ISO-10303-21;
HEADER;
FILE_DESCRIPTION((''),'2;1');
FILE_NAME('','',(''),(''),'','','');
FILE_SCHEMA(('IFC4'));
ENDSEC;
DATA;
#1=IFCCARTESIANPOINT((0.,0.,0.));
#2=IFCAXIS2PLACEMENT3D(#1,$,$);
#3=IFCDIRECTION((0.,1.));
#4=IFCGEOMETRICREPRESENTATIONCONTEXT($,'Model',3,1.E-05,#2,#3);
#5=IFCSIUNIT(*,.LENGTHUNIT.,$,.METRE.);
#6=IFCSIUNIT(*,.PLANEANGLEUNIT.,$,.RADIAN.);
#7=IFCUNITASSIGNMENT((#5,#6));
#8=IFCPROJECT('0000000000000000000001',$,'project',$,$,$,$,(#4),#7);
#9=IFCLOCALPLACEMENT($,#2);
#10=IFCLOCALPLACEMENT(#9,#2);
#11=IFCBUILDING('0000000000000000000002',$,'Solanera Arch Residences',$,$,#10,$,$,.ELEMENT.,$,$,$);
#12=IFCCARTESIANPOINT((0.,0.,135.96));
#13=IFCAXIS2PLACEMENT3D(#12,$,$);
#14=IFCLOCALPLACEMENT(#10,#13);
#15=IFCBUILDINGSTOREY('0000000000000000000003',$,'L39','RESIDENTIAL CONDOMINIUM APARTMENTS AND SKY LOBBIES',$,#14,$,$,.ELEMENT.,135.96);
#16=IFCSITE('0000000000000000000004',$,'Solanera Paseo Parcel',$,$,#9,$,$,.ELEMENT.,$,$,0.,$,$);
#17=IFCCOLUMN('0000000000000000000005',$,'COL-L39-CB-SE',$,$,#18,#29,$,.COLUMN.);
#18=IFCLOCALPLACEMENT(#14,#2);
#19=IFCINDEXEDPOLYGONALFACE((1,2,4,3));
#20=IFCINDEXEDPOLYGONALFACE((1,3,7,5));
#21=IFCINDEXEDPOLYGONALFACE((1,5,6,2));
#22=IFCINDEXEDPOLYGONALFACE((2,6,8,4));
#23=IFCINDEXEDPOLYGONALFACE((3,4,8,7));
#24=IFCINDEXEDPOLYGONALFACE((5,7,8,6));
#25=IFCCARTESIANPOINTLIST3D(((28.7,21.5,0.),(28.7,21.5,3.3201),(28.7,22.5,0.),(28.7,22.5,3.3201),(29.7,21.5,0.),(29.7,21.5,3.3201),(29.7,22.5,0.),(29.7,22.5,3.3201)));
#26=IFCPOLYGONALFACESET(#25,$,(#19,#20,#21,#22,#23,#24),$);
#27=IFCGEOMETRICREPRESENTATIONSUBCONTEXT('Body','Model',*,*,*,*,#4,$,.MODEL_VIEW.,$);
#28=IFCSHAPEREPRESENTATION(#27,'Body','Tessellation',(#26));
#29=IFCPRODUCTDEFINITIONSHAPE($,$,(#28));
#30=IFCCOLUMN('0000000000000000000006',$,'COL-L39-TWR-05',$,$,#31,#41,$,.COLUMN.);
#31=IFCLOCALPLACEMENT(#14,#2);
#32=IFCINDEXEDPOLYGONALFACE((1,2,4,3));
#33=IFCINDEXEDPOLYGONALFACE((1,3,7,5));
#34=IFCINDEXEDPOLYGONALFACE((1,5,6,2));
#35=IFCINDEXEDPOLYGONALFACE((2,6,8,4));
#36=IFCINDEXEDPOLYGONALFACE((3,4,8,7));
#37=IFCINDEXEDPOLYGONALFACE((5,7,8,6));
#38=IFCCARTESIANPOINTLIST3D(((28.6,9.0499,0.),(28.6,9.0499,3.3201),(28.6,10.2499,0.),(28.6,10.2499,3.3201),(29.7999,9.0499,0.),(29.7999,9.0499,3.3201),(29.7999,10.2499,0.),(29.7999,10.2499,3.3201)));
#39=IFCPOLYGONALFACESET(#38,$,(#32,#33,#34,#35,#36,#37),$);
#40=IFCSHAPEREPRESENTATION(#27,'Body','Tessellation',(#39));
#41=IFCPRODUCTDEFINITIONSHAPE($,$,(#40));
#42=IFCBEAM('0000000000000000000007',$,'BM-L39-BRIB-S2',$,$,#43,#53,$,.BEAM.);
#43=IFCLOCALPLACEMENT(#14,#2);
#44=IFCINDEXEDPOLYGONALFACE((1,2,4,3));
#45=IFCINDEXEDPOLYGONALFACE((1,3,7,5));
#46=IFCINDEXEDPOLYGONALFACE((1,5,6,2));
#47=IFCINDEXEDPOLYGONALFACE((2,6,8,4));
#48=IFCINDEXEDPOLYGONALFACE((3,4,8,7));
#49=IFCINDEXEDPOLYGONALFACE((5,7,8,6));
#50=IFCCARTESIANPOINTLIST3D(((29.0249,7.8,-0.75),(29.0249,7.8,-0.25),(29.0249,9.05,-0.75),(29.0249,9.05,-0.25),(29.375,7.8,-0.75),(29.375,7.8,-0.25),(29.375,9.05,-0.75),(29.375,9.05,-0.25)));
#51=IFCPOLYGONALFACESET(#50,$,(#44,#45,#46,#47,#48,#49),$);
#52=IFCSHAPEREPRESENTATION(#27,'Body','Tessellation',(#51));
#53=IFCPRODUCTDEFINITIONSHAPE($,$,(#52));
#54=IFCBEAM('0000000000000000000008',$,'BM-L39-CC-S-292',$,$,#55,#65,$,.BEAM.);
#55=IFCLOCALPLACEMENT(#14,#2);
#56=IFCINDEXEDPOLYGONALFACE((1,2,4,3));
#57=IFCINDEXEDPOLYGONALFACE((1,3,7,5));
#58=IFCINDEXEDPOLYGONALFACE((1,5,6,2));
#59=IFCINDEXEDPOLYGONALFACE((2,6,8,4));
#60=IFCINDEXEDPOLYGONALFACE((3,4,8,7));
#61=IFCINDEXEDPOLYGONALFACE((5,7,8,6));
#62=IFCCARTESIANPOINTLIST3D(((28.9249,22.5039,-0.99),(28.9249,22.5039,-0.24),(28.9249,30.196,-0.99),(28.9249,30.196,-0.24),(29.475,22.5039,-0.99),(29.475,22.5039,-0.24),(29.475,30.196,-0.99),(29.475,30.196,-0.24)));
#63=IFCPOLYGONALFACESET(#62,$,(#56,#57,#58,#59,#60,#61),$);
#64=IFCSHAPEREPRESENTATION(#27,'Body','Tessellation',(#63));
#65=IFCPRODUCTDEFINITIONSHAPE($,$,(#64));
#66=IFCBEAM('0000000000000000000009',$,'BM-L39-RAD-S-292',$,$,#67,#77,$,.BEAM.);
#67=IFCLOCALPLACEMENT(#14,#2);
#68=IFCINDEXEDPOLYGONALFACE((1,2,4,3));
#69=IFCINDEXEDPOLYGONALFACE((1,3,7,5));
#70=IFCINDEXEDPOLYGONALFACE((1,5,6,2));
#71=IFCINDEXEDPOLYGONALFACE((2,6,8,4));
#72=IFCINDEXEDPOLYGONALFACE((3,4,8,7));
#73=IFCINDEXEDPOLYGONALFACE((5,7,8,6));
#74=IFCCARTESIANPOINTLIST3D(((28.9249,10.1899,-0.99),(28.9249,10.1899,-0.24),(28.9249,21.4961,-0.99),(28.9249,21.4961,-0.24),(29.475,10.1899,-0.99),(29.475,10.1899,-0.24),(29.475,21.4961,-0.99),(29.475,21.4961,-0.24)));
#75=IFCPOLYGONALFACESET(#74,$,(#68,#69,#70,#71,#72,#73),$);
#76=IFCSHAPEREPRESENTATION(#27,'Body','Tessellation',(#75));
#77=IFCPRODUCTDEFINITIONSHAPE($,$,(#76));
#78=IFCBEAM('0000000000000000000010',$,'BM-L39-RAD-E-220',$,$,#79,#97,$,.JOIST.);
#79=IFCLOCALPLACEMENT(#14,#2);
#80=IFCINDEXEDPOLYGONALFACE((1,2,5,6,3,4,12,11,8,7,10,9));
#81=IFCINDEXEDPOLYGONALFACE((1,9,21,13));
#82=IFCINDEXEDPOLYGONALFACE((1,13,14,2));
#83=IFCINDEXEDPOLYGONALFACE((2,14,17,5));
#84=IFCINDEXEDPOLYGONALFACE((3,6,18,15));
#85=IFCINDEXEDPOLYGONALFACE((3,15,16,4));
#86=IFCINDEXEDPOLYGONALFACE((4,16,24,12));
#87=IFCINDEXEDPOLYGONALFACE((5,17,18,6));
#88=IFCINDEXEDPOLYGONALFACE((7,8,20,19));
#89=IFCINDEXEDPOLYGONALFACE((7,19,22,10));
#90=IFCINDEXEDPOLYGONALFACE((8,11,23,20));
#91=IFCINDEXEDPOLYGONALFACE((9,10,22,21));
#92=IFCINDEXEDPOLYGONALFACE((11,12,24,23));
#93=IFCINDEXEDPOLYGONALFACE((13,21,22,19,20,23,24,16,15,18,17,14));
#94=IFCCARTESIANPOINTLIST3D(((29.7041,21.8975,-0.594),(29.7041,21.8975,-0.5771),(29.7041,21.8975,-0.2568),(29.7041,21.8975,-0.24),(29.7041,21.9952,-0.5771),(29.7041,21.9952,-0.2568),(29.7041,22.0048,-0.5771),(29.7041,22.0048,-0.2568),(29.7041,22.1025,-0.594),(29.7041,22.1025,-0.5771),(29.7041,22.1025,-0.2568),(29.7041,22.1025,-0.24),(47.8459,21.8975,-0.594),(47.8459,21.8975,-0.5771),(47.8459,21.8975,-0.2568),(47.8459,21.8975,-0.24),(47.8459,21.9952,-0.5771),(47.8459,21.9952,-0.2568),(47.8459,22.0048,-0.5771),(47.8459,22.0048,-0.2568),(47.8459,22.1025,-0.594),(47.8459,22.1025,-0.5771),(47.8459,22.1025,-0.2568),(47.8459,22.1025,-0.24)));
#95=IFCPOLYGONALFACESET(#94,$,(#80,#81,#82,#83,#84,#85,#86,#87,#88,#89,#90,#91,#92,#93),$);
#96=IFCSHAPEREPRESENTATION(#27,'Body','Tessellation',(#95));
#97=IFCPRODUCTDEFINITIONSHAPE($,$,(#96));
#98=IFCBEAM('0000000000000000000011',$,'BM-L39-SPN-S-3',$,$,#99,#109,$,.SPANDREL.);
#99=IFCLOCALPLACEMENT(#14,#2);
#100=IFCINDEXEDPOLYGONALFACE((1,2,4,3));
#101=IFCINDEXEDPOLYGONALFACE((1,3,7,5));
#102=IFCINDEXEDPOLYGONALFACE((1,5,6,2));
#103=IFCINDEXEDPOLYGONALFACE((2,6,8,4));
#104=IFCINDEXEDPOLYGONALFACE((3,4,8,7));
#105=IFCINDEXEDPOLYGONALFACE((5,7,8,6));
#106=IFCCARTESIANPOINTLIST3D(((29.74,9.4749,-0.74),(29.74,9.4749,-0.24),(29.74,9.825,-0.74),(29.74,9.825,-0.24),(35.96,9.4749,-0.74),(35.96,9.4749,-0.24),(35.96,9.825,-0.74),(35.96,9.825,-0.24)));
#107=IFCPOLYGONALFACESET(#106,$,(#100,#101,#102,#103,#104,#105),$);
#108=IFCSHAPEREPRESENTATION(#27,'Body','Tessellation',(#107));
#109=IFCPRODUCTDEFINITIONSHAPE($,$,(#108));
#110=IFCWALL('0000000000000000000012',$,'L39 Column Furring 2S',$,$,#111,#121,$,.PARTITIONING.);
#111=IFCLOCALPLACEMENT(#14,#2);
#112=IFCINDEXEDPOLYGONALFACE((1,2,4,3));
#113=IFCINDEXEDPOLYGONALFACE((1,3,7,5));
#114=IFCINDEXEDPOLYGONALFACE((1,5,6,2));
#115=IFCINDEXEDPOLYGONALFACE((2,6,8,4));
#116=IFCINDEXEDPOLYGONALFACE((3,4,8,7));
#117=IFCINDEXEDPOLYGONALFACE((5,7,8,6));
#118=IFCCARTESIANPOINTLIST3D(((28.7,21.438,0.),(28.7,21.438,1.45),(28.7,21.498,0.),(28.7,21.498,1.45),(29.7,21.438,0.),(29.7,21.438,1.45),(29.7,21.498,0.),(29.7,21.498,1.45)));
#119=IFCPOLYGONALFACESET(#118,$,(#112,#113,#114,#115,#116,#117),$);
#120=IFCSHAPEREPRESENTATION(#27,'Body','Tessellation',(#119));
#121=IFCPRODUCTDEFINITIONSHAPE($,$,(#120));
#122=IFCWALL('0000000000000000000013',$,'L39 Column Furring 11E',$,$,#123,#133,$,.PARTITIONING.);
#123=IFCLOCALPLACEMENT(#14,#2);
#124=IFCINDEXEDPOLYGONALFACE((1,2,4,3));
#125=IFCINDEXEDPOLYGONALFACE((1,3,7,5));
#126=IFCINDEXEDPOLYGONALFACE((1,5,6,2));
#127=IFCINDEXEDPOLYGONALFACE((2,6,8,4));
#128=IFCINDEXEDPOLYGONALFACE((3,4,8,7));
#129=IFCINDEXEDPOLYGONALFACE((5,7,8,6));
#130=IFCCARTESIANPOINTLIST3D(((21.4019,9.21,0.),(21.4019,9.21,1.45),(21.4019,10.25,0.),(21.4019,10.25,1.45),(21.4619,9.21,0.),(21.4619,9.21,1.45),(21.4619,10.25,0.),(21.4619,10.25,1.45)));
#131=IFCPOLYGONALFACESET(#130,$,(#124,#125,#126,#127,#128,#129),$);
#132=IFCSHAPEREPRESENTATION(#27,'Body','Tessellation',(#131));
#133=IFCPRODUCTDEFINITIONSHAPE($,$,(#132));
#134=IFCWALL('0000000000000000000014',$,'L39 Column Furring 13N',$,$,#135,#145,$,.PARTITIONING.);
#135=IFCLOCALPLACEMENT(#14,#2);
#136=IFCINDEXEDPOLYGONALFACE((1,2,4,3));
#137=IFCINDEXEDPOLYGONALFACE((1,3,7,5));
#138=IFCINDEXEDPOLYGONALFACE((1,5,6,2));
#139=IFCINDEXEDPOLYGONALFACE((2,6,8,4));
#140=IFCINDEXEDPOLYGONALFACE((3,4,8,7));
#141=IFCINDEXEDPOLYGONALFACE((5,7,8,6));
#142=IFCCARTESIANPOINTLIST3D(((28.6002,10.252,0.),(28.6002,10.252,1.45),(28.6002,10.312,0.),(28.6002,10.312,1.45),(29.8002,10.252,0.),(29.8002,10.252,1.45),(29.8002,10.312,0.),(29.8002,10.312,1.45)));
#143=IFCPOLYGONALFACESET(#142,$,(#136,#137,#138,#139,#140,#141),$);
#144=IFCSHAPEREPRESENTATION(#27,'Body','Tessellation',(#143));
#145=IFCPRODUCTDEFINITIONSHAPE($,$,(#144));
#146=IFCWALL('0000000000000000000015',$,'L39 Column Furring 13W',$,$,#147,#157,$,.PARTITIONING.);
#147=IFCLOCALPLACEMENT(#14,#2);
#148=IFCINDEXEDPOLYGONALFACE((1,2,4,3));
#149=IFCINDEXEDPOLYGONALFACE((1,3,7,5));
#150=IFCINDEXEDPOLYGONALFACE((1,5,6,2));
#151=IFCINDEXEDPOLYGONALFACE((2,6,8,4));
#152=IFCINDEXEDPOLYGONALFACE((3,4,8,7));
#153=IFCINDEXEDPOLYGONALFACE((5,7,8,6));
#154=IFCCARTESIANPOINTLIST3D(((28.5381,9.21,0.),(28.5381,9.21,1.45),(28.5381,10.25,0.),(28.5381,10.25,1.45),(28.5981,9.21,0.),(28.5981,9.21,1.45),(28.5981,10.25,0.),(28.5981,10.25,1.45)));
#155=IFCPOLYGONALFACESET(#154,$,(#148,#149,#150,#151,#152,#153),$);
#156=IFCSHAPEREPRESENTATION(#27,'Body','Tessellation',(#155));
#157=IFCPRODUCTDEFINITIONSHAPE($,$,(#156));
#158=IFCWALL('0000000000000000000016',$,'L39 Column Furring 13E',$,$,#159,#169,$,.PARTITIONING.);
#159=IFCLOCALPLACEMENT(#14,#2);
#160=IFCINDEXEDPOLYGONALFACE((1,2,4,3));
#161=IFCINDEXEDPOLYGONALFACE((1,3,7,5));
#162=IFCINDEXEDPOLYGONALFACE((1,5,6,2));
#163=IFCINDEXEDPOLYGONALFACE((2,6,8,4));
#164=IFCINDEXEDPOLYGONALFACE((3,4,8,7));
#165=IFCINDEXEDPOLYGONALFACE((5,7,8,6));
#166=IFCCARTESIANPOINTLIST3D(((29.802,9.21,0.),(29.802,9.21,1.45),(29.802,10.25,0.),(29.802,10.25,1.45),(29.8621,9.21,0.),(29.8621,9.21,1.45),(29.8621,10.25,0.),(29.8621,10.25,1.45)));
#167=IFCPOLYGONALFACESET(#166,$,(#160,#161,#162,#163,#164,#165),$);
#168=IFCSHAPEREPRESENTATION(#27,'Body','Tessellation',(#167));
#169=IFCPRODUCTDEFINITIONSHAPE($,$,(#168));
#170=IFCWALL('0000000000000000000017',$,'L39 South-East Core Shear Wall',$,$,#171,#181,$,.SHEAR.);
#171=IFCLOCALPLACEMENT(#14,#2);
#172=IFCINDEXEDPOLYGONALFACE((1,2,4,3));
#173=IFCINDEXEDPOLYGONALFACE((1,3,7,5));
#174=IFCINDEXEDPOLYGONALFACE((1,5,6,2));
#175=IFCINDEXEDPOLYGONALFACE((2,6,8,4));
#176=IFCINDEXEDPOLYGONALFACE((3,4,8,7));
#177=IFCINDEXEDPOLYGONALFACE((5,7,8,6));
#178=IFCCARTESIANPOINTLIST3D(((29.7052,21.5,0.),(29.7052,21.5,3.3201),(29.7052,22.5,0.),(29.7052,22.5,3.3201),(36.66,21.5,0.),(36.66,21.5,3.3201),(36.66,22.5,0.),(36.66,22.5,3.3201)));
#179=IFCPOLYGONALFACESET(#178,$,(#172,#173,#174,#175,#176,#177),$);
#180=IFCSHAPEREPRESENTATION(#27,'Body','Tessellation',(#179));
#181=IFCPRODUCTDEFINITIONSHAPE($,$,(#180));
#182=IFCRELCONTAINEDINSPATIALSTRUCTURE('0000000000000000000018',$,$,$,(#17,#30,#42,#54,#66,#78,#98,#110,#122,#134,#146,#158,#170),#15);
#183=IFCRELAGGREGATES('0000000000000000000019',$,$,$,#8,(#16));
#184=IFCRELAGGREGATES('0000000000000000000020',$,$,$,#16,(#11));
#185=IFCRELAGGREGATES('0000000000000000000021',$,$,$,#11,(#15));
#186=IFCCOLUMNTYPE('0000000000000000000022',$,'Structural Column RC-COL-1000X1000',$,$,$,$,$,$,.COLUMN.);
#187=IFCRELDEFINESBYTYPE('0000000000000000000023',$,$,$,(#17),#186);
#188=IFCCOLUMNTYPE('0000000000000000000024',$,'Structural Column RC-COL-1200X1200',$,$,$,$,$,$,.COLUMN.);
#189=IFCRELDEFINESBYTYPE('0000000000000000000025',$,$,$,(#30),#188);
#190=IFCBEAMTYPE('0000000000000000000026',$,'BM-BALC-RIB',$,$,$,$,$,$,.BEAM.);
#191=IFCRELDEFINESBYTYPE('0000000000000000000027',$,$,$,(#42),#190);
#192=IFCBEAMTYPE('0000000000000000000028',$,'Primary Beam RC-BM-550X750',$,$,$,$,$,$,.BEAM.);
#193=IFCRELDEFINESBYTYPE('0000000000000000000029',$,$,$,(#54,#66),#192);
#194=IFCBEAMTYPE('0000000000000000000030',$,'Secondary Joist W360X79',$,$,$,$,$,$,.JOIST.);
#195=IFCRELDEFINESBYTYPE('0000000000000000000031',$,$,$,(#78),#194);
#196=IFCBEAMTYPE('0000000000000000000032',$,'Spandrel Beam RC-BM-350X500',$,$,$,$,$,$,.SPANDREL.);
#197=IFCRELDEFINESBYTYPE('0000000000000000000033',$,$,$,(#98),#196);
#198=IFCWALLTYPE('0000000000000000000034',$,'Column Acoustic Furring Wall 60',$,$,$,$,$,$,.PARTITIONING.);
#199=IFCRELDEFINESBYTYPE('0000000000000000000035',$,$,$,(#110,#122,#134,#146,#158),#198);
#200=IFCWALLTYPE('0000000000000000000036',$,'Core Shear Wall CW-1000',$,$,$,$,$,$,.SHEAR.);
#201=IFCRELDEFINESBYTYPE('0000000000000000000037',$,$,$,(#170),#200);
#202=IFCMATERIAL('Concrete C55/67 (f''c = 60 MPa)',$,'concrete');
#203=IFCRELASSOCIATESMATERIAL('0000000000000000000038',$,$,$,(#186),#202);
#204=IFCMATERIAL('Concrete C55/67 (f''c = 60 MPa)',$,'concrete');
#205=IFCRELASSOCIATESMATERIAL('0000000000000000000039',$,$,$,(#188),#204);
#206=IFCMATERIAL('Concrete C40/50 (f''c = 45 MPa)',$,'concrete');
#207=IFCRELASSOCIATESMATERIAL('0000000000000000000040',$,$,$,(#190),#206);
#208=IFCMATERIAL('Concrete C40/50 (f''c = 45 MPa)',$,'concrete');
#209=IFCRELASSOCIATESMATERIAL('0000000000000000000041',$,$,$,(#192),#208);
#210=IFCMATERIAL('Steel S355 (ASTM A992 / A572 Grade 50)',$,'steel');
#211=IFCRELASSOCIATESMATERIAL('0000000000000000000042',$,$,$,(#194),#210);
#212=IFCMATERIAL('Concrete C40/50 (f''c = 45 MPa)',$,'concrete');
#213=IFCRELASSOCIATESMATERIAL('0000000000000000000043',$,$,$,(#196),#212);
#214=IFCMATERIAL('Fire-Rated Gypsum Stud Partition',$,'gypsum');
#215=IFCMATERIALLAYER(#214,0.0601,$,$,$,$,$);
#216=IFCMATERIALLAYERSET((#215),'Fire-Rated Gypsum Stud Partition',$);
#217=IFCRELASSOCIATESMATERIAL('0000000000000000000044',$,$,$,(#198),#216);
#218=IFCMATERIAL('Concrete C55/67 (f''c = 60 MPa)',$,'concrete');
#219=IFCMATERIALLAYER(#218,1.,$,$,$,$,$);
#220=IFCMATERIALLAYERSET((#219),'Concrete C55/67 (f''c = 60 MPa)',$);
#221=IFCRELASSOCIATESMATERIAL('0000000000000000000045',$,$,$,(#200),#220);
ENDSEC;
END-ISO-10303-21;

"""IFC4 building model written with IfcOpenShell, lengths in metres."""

from ifc_helpers import new_model, si_unit, direction, frame, frame_2d, origin, origin_2d, place, context, subcontext, project, spatial, rectangle, i_section, extrude, material, layer, layer_set, material_profile, profile_set, type_object, element, save


model = new_model("IFC4")

# Units and contexts
model_context = context("Model", 3, precision=1e-05, world=origin(), true_north=direction((0.0, 1.0)))
body_context = subcontext(model_context, "Body", "Model", "MODEL_VIEW")
ifc_project = project(units=[si_unit("LENGTHUNIT", "METRE"), si_unit("PLANEANGLEUNIT", "RADIAN")], contexts=[model_context])

# Site, building, storey
site_placement = place(None, origin())
site = spatial("IfcSite", under=ifc_project, at=site_placement, Name="Solanera Paseo Parcel", CompositionType="ELEMENT", RefElevation=0.0)
building_placement = place(site_placement, origin())
building = spatial("IfcBuilding", under=site, at=building_placement, Name="Solanera Arch Residences", CompositionType="ELEMENT")
storey_placement = place(building_placement, frame((0.0, 0.0, 135.96)))
storey = spatial("IfcBuildingStorey", under=building, at=storey_placement, Name="L39", Description="RESIDENTIAL CONDOMINIUM APARTMENTS AND SKY LOBBIES", CompositionType="ELEMENT", Elevation=135.96)

# Columns
ifc_material_1 = material(Name="Concrete C55/67 (f'c = 60 MPa)", Category="concrete")
ifc_material_profile_1 = material_profile(ifc_material_1, rectangle(XDim=1.0, YDim=1.0, at=origin_2d()))
ifc_profile_set_1 = profile_set([ifc_material_profile_1], Name="Concrete C55/67 (f'c = 60 MPa)")
column_type_1 = type_object("IfcColumnType", Name="Structural Column RC-COL-1000X1000", PredefinedType="COLUMN", material=ifc_profile_set_1)
column_1_placement = place(storey_placement, frame((29.2, 22.0, 0.0), z_axis=(0.0, 0.0, 1.0), x_axis=(1.0, 0.0, 0.0)))
element("IfcColumn", 1, at=column_1_placement, inside=storey, type_object=column_type_1, Name="COL-L39-CB-SE", PredefinedType="COLUMN", context=body_context, shape_type="SweptSolid", body=[
    extrude(rectangle(XDim=1.0, YDim=1.0, at=origin_2d()), origin(), (0.0, 0.0, 1.0), 3.3201),
])
ifc_material_2 = material(Name="Concrete C55/67 (f'c = 60 MPa)", Category="concrete")
ifc_material_profile_2 = material_profile(ifc_material_2, rectangle(XDim=1.2, YDim=1.2, at=origin_2d()))
ifc_profile_set_2 = profile_set([ifc_material_profile_2], Name="Concrete C55/67 (f'c = 60 MPa)")
column_type_2 = type_object("IfcColumnType", Name="Structural Column RC-COL-1200X1200", PredefinedType="COLUMN", material=ifc_profile_set_2)
column_2_placement = place(storey_placement, frame((29.2, 9.6499, 0.0), z_axis=(0.0, 0.0, 1.0), x_axis=(1.0, 0.0, 0.0)))
element("IfcColumn", 2, at=column_2_placement, inside=storey, type_object=column_type_2, Name="COL-L39-TWR-05", PredefinedType="COLUMN", context=body_context, shape_type="SweptSolid", body=[
    extrude(rectangle(XDim=1.2, YDim=1.2, at=origin_2d()), origin(), (0.0, 0.0, 1.0), 3.3201),
])

# Beams
ifc_material_3 = material(Name="Concrete C40/50 (f'c = 45 MPa)", Category="concrete")
ifc_material_profile_3 = material_profile(ifc_material_3, rectangle(XDim=0.3501, YDim=0.5, at=origin_2d()))
ifc_profile_set_3 = profile_set([ifc_material_profile_3], Name="Concrete C40/50 (f'c = 45 MPa)")
beam_type_1 = type_object("IfcBeamType", Name="BM-BALC-RIB", PredefinedType="BEAM", material=ifc_profile_set_3)
beam_1_placement = place(storey_placement, frame((29.2, 7.8, -0.5), z_axis=(0.0, 1.0, 0.0), x_axis=(-1.0, 0.0, 0.0)))
element("IfcBeam", 3, at=beam_1_placement, inside=storey, type_object=beam_type_1, Name="BM-L39-BRIB-S2", PredefinedType="BEAM", context=body_context, shape_type="SweptSolid", body=[
    extrude(rectangle(XDim=0.3501, YDim=0.5, at=origin_2d()), origin(), (0.0, 0.0, 1.0), 1.25),
])
ifc_material_4 = material(Name="Concrete C40/50 (f'c = 45 MPa)", Category="concrete")
ifc_material_profile_4 = material_profile(ifc_material_4, rectangle(XDim=0.55, YDim=0.75, at=origin_2d()))
ifc_profile_set_4 = profile_set([ifc_material_profile_4], Name="Concrete C40/50 (f'c = 45 MPa)")
beam_type_2 = type_object("IfcBeamType", Name="Primary Beam RC-BM-550X750", PredefinedType="BEAM", material=ifc_profile_set_4)
beam_2_placement = place(storey_placement, frame((29.2, 22.5039, -0.615), z_axis=(0.0, 1.0, 0.0), x_axis=(-1.0, 0.0, 0.0)))
element("IfcBeam", 4, at=beam_2_placement, inside=storey, type_object=beam_type_2, Name="BM-L39-CC-S-292", PredefinedType="BEAM", context=body_context, shape_type="SweptSolid", body=[
    extrude(rectangle(XDim=0.55, YDim=0.75, at=origin_2d()), origin(), (0.0, 0.0, 1.0), 7.6921),
])
beam_3_placement = place(storey_placement, frame((29.2, 10.1899, -0.615), z_axis=(0.0, 1.0, 0.0), x_axis=(-1.0, 0.0, 0.0)))
element("IfcBeam", 5, at=beam_3_placement, inside=storey, type_object=beam_type_2, Name="BM-L39-RAD-S-292", PredefinedType="BEAM", context=body_context, shape_type="SweptSolid", body=[
    extrude(rectangle(XDim=0.55, YDim=0.75, at=origin_2d()), origin(), (0.0, 0.0, 1.0), 11.3062),
])
ifc_material_5 = material(Name="Steel S355 (ASTM A992 / A572 Grade 50)", Category="steel")
ifc_material_profile_5 = material_profile(ifc_material_5, i_section(OverallWidth=0.2051, OverallDepth=0.354, WebThickness=0.0095, FlangeThickness=0.0168, at=origin_2d()))
ifc_profile_set_5 = profile_set([ifc_material_profile_5], Name="Steel S355 (ASTM A992 / A572 Grade 50)")
beam_type_3 = type_object("IfcBeamType", Name="Secondary Joist W360X79", PredefinedType="JOIST", material=ifc_profile_set_5)
beam_4_placement = place(storey_placement, frame((29.7041, 22.0, -0.417), z_axis=(1.0, 0.0, 0.0), x_axis=(0.0, 1.0, 0.0)))
element("IfcBeam", 6, at=beam_4_placement, inside=storey, type_object=beam_type_3, Name="BM-L39-RAD-E-220", PredefinedType="JOIST", context=body_context, shape_type="SweptSolid", body=[
    extrude(i_section(OverallWidth=0.2051, OverallDepth=0.354, WebThickness=0.0095, FlangeThickness=0.0168, at=origin_2d()), origin(), (0.0, 0.0, 1.0), 18.1418),
])
ifc_material_6 = material(Name="Concrete C40/50 (f'c = 45 MPa)", Category="concrete")
ifc_material_profile_6 = material_profile(ifc_material_6, rectangle(XDim=0.3501, YDim=0.5, at=origin_2d()))
ifc_profile_set_6 = profile_set([ifc_material_profile_6], Name="Concrete C40/50 (f'c = 45 MPa)")
beam_type_4 = type_object("IfcBeamType", Name="Spandrel Beam RC-BM-350X500", PredefinedType="SPANDREL", material=ifc_profile_set_6)
beam_5_placement = place(storey_placement, frame((29.74, 9.6499, -0.49), z_axis=(1.0, 0.0, 0.0), x_axis=(0.0, 1.0, 0.0)))
element("IfcBeam", 7, at=beam_5_placement, inside=storey, type_object=beam_type_4, Name="BM-L39-SPN-S-3", PredefinedType="SPANDREL", context=body_context, shape_type="SweptSolid", body=[
    extrude(rectangle(XDim=0.3501, YDim=0.5, at=origin_2d()), origin(), (0.0, 0.0, 1.0), 6.22),
])

# Walls
ifc_material_7 = material(Name="Fire-Rated Gypsum Stud Partition", Category="gypsum")
ifc_layer_1 = layer(ifc_material_7, 0.0601)
ifc_layer_set_1 = layer_set([ifc_layer_1], Name="Fire-Rated Gypsum Stud Partition")
wall_type_1 = type_object("IfcWallType", Name="Column Acoustic Furring Wall 60", PredefinedType="PARTITIONING", material=ifc_layer_set_1)
wall_1_placement = place(storey_placement, frame((28.7, 21.468, 0.0), z_axis=(0.0, 0.0, 1.0), x_axis=(1.0, 0.0, 0.0)))
element("IfcWall", 8, at=wall_1_placement, inside=storey, type_object=wall_type_1, Name="L39 Column Furring 2S", PredefinedType="PARTITIONING", context=body_context, shape_type="SweptSolid", body=[
    extrude(rectangle(XDim=1.0, YDim=0.0601, at=frame_2d((0.5, 0.0))), origin(), (0.0, 0.0, 1.0), 1.45),
])
wall_2_placement = place(storey_placement, frame((21.4319, 9.21, 0.0), z_axis=(0.0, 0.0, 1.0), x_axis=(0.0, 1.0, 0.0)))
element("IfcWall", 9, at=wall_2_placement, inside=storey, type_object=wall_type_1, Name="L39 Column Furring 11E", PredefinedType="PARTITIONING", context=body_context, shape_type="SweptSolid", body=[
    extrude(rectangle(XDim=1.04, YDim=0.0601, at=frame_2d((0.52, 0.0))), origin(), (0.0, 0.0, 1.0), 1.45),
])
wall_3_placement = place(storey_placement, frame((28.6001, 10.282, 0.0), z_axis=(0.0, 0.0, 1.0), x_axis=(1.0, 0.0, 0.0)))
element("IfcWall", 10, at=wall_3_placement, inside=storey, type_object=wall_type_1, Name="L39 Column Furring 13N", PredefinedType="PARTITIONING", context=body_context, shape_type="SweptSolid", body=[
    extrude(rectangle(XDim=1.2, YDim=0.0601, at=frame_2d((0.6001, 0.0))), origin(), (0.0, 0.0, 1.0), 1.45),
])
for number, where, z_axis, x_axis, name in (
    (11, (28.5681, 9.21, 0.0), (0.0, 0.0, 1.0), (0.0, 1.0, 0.0), "L39 Column Furring 13W"),
    (12, (29.832, 9.21, 0.0), (0.0, 0.0, 1.0), (0.0, 1.0, 0.0), "L39 Column Furring 13E"),
):
    element("IfcWall", number, at=place(storey_placement, frame(where, z_axis=z_axis, x_axis=x_axis)), inside=storey, type_object=wall_type_1, Name=name, PredefinedType="PARTITIONING", context=body_context, shape_type="SweptSolid", body=[
        extrude(rectangle(XDim=1.04, YDim=0.0601, at=frame_2d((0.52, 0.0))), origin(), (0.0, 0.0, 1.0), 1.45),
    ])
ifc_material_8 = material(Name="Concrete C55/67 (f'c = 60 MPa)", Category="concrete")
ifc_layer_2 = layer(ifc_material_8, 1.0)
ifc_layer_set_2 = layer_set([ifc_layer_2], Name="Concrete C55/67 (f'c = 60 MPa)")
wall_type_2 = type_object("IfcWallType", Name="Core Shear Wall CW-1000", PredefinedType="SHEAR", material=ifc_layer_set_2)
wall_4_placement = place(storey_placement, frame((29.7051, 22.0, 0.0), z_axis=(0.0, 0.0, 1.0), x_axis=(1.0, 0.0, 0.0)))
element("IfcWall", 13, at=wall_4_placement, inside=storey, type_object=wall_type_2, Name="L39 South-East Core Shear Wall", PredefinedType="SHEAR", context=body_context, shape_type="SweptSolid", body=[
    extrude(rectangle(XDim=6.9548, YDim=1.0, at=frame_2d((3.4775, 0.0))), origin(), (0.0, 0.0, 1.0), 3.3201),
])

save(model, "model.ifc")
